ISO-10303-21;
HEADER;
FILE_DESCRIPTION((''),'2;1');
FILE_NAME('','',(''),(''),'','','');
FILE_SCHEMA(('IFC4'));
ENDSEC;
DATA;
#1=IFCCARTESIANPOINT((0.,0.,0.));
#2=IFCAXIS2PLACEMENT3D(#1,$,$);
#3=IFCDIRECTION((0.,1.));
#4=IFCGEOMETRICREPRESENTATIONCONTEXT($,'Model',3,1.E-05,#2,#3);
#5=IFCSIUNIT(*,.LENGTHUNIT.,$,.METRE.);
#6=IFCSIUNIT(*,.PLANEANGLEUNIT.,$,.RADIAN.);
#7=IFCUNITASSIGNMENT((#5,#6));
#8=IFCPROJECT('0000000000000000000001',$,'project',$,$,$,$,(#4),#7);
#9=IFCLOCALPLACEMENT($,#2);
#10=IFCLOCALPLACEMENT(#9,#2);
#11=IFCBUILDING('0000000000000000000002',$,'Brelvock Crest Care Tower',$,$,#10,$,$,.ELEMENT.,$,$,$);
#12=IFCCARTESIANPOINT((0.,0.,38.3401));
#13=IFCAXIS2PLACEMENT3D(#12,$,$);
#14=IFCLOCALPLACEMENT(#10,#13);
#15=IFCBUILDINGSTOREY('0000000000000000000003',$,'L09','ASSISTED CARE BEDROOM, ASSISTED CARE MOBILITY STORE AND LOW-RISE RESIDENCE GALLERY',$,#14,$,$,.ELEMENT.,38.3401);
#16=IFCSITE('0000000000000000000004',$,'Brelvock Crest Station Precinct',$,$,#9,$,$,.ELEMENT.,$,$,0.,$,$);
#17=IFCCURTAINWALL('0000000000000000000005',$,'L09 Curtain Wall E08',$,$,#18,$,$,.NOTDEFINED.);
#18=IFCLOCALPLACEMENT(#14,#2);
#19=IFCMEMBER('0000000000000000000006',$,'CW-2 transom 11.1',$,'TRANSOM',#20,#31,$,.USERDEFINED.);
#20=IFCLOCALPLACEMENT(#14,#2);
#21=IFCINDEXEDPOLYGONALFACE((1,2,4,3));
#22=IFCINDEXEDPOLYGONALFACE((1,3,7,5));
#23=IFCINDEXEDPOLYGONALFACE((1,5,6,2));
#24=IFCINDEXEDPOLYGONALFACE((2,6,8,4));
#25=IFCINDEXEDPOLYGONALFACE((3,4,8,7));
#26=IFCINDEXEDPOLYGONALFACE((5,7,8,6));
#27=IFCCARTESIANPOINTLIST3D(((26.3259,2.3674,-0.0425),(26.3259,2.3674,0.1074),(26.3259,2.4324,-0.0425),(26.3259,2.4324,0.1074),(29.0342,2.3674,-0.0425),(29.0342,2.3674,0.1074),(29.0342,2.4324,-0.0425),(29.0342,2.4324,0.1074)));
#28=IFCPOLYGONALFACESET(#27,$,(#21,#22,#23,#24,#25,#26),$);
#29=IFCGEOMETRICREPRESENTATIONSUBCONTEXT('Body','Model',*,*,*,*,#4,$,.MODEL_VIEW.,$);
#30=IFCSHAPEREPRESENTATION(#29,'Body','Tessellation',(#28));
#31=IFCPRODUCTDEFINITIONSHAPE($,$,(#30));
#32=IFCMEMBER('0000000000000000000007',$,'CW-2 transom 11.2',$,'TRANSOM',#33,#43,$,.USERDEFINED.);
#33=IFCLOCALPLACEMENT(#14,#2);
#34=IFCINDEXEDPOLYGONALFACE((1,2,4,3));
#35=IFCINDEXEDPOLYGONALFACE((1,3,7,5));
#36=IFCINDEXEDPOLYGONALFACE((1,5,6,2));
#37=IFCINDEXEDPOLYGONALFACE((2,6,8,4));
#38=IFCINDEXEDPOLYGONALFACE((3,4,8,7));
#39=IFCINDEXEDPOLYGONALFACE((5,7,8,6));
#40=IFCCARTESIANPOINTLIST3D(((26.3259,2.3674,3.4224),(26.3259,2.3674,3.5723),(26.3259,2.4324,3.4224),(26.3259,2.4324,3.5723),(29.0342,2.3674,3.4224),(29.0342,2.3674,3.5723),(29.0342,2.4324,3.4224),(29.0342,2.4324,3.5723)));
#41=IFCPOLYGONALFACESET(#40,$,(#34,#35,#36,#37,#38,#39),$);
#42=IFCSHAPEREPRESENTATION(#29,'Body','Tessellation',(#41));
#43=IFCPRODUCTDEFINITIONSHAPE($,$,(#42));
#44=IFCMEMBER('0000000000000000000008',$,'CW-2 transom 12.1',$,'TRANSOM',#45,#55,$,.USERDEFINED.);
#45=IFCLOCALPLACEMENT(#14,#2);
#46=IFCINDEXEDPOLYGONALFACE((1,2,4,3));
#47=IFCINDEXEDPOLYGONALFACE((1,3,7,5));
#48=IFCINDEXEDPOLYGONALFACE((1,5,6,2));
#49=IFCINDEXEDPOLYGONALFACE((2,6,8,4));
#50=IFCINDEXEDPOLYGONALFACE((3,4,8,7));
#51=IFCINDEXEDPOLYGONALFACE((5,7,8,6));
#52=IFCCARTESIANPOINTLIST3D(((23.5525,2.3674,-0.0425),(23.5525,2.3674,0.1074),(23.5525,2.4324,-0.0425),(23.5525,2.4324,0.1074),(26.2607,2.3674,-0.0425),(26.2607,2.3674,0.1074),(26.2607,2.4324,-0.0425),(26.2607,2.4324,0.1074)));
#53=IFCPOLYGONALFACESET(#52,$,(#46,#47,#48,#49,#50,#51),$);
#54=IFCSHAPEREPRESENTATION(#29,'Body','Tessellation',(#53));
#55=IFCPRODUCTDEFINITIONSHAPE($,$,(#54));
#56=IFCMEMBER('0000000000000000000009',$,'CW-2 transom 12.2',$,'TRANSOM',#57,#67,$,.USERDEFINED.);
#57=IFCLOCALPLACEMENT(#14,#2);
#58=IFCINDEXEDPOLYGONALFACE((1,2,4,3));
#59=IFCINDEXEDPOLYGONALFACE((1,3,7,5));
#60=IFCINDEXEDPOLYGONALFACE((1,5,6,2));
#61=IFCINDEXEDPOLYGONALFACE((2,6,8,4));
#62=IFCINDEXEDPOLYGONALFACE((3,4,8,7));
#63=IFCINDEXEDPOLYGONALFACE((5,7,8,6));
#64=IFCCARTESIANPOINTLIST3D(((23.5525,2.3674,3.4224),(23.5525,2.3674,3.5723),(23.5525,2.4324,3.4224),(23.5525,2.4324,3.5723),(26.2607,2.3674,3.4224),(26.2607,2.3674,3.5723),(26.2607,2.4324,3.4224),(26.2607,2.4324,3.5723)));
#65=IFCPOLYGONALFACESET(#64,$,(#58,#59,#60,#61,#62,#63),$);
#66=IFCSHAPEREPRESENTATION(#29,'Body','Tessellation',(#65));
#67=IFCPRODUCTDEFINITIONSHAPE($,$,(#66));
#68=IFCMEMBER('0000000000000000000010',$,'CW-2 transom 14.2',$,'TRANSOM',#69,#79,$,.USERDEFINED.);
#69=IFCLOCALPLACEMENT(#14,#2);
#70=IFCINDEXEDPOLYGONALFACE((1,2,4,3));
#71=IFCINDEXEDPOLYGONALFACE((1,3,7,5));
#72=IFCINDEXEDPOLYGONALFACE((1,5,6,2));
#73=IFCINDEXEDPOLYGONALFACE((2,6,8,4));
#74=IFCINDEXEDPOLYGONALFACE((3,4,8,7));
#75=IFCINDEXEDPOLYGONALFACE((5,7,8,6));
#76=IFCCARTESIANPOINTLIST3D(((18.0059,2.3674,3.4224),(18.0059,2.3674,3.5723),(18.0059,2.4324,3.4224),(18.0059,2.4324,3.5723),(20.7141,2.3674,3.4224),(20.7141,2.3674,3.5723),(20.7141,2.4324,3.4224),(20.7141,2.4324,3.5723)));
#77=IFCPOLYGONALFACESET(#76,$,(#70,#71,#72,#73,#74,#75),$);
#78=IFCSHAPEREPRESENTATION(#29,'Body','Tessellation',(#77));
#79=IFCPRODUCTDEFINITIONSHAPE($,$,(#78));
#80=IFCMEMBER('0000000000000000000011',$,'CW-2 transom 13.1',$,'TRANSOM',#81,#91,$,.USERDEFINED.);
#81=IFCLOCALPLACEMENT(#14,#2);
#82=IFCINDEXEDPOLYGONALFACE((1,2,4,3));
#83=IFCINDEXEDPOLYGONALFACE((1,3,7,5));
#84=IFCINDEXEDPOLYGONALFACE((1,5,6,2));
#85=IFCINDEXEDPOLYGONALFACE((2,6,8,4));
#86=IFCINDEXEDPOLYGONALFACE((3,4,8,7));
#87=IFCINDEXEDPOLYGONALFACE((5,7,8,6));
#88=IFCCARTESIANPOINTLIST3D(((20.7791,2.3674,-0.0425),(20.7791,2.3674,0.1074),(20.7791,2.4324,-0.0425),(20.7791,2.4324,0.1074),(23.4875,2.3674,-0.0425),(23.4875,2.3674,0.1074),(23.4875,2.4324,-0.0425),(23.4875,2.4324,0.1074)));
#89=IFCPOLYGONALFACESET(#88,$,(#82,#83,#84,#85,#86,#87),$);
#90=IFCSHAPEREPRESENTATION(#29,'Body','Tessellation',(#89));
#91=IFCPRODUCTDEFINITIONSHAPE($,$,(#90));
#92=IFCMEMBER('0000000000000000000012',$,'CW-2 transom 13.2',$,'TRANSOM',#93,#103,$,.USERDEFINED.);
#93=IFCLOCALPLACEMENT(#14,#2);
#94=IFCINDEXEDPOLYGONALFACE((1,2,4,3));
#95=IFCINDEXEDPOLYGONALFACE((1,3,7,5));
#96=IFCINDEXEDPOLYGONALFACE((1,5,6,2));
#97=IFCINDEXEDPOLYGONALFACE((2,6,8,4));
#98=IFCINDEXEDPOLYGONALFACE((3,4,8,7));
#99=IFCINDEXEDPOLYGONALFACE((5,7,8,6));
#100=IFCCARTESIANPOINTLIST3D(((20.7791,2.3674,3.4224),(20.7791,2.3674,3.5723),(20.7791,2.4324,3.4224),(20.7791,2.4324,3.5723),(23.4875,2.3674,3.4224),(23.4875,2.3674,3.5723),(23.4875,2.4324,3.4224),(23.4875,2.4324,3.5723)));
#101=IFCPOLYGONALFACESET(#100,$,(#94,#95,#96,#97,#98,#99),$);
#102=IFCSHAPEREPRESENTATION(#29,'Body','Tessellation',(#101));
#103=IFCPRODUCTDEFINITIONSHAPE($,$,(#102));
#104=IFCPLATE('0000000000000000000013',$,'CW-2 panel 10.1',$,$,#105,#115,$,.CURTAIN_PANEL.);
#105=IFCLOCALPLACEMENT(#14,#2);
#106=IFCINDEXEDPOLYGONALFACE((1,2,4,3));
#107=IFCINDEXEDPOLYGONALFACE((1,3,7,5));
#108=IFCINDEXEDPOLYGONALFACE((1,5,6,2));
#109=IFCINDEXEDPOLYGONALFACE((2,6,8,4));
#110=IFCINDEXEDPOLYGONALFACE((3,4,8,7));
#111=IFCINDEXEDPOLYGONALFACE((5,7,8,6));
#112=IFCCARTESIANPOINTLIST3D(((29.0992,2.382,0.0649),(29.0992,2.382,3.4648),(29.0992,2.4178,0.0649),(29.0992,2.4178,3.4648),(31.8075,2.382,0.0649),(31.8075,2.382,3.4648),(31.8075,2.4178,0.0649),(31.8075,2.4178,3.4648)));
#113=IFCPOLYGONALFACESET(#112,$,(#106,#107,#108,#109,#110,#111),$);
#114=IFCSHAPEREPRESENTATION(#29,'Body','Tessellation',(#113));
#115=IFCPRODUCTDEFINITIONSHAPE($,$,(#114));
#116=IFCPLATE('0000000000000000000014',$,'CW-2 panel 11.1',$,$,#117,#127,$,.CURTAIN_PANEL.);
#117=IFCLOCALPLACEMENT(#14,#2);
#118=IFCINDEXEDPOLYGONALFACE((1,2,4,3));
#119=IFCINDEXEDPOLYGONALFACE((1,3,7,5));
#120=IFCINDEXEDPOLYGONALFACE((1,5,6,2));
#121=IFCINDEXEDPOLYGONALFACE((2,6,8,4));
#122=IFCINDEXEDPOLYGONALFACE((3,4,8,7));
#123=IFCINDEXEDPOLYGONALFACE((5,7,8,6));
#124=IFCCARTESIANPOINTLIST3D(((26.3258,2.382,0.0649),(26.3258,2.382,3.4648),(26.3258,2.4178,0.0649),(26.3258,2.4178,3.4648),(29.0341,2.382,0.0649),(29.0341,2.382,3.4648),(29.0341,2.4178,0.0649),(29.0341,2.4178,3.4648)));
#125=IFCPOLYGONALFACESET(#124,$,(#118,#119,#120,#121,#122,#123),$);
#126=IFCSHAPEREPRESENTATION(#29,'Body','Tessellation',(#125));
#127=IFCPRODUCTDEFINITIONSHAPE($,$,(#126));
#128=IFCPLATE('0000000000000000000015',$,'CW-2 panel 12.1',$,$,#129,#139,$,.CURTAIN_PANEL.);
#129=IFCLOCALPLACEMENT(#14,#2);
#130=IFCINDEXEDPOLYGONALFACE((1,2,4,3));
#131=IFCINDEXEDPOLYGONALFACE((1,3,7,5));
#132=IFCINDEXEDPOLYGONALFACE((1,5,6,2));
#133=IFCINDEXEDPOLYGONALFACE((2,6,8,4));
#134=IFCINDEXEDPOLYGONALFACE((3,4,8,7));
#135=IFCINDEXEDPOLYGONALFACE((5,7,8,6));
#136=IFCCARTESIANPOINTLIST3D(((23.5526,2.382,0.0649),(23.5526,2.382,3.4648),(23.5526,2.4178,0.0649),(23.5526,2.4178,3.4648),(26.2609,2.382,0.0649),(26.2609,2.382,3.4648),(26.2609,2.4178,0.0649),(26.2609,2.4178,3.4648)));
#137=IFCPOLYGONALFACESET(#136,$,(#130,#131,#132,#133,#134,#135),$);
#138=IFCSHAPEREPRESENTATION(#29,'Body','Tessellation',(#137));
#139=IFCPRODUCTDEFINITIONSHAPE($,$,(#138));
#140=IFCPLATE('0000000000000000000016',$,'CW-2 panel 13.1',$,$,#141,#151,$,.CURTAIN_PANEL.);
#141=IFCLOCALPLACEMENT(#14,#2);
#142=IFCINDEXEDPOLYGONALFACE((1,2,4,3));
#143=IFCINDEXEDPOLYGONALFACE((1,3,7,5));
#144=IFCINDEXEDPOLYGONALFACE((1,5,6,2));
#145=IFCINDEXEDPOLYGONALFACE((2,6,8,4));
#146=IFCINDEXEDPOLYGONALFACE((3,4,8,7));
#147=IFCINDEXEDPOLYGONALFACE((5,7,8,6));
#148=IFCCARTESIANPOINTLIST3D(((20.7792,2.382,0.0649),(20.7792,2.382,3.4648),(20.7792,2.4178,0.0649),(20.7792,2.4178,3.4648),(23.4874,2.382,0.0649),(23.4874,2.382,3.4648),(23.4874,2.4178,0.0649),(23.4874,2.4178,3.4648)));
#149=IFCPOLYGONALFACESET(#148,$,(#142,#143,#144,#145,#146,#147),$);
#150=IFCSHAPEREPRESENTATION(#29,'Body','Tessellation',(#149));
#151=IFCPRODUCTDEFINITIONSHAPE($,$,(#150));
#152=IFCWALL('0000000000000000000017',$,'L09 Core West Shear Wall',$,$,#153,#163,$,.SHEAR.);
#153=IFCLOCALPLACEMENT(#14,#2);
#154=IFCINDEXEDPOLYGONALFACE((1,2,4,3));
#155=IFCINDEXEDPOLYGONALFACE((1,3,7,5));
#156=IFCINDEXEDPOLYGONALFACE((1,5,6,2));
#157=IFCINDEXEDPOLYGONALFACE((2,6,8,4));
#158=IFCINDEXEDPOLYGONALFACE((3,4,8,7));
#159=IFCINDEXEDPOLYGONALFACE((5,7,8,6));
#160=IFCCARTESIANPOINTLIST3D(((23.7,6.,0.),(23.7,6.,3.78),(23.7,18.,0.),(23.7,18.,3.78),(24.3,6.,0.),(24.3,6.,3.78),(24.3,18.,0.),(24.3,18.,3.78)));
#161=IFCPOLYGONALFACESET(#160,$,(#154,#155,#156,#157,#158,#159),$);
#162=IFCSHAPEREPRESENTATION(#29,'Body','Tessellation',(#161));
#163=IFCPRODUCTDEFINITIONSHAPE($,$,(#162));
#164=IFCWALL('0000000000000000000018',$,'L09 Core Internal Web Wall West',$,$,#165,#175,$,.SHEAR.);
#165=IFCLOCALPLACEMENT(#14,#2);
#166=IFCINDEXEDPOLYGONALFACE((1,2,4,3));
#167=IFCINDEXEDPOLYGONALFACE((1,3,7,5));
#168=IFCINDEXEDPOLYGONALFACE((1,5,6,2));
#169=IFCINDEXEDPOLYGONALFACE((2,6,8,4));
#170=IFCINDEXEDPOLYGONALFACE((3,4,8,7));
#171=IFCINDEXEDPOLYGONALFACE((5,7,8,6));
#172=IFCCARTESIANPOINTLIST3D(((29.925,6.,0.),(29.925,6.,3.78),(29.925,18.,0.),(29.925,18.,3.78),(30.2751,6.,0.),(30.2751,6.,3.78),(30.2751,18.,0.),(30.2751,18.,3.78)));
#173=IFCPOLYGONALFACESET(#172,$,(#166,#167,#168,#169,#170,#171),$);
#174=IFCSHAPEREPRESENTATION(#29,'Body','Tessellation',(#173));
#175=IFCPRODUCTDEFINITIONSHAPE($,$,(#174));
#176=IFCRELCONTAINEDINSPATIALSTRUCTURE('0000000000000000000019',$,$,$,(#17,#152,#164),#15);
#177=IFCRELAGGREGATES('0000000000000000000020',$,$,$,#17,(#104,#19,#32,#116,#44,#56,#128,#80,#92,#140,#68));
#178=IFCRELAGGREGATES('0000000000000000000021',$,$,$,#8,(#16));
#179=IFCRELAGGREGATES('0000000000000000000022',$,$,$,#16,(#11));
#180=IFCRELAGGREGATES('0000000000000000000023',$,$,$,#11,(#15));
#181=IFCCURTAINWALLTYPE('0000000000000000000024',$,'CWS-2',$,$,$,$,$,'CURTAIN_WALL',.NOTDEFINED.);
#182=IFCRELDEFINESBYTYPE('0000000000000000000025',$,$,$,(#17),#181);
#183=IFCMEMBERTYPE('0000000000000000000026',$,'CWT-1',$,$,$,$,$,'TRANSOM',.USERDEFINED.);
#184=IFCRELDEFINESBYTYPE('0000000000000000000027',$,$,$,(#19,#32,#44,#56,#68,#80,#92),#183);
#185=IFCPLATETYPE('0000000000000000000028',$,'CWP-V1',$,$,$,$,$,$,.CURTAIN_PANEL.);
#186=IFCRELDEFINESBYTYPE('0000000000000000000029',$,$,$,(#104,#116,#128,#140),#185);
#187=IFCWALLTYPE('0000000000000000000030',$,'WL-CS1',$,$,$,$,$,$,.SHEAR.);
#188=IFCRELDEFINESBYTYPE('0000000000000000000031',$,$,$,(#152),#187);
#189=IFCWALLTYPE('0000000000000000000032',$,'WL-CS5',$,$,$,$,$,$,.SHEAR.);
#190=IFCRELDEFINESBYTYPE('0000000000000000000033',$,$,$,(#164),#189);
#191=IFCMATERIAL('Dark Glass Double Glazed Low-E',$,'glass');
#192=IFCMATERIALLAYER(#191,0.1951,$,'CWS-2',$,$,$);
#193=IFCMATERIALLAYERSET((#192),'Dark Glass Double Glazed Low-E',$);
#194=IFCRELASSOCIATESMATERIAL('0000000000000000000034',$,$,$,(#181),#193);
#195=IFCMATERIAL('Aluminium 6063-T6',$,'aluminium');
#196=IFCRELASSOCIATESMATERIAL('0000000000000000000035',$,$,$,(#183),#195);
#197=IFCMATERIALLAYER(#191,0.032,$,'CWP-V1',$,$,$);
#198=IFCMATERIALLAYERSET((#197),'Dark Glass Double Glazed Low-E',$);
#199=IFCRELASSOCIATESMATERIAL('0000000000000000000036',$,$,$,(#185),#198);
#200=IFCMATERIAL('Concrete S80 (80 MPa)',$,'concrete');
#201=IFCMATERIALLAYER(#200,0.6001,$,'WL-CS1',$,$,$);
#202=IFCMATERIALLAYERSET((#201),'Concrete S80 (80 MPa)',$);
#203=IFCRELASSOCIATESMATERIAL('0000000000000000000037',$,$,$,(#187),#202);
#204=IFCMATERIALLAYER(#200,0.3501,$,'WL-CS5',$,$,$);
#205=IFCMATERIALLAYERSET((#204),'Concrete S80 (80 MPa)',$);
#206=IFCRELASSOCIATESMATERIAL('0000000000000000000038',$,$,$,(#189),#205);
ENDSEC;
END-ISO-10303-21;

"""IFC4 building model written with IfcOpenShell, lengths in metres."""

from ifc_helpers import new_model, si_unit, direction, frame, frame_2d, origin, origin_2d, place, context, subcontext, project, spatial, rectangle, extrude, source, transform, mapped, material, layer, layer_set, material_profile, profile_set, type_object, element, aggregate, save


model = new_model("IFC4")

# Units and contexts
model_context = context("Model", 3, precision=1e-05, world=origin(), true_north=direction((0.0, 1.0)))
body_context = subcontext(model_context, "Body", "Model", "MODEL_VIEW")
ifc_project = project(units=[si_unit("LENGTHUNIT", "METRE"), si_unit("PLANEANGLEUNIT", "RADIAN")], contexts=[model_context])

# Site, building, storey
site_placement = place(None, origin())
site = spatial("IfcSite", under=ifc_project, at=site_placement, Name="Brelvock Crest Station Precinct", CompositionType="ELEMENT", RefElevation=0.0)
building_placement = place(site_placement, origin())
building = spatial("IfcBuilding", under=site, at=building_placement, Name="Brelvock Crest Care Tower", CompositionType="ELEMENT")
storey_placement = place(building_placement, frame((0.0, 0.0, 38.3401)))
storey = spatial("IfcBuildingStorey", under=building, at=storey_placement, Name="L09", Description="ASSISTED CARE BEDROOM, ASSISTED CARE MOBILITY STORE AND LOW-RISE RESIDENCE GALLERY", CompositionType="ELEMENT", Elevation=38.3401)

# Shared definitions
ifc_material_1 = material(Name="Concrete S80 (80 MPa)", Category="concrete")

# Curtain wall, members, plates
ifc_material_2 = material(Name="Dark Glass Double Glazed Low-E", Category="glass")
ifc_layer_1 = layer(ifc_material_2, 0.1951, Name="CWS-2")
ifc_layer_set_1 = layer_set([ifc_layer_1], Name="Dark Glass Double Glazed Low-E")
curtain_wall_type = type_object("IfcCurtainWallType", Name="CWS-2", ElementType="CURTAIN_WALL", PredefinedType="NOTDEFINED", material=ifc_layer_set_1)
curtain_wall_placement = place(storey_placement, origin())
curtain_wall = element("IfcCurtainWall", 1, at=curtain_wall_placement, inside=storey, type_object=curtain_wall_type, Name="L09 Curtain Wall E08", PredefinedType="NOTDEFINED")
ifc_material_3 = material(Name="Aluminium 6063-T6", Category="aluminium")
ifc_material_profile_1 = material_profile(ifc_material_3, rectangle(XDim=0.0649, YDim=0.1499, at=origin_2d()), Name="ALU65x150")
ifc_profile_set_1 = profile_set([ifc_material_profile_1], Name="Aluminium 6063-T6")
member_type_1 = type_object("IfcMemberType", Name="CWT-1", ElementType="TRANSOM", PredefinedType="USERDEFINED", material=ifc_profile_set_1)
shared_shape_1 = source(origin(), body_context, "Body", "SweptSolid", [
    extrude(rectangle(XDim=0.0649, YDim=0.1499, at=origin_2d()), origin(), (0.0, 0.0, 1.0), 2.7083),
])
member_1_placement = place(storey_placement, frame((29.0342, 2.3999, 0.0325), z_axis=(-1.0, 0.0, 0.0), x_axis=(0.0, -1.0, 0.0)))
member_1 = element("IfcMember", 2, at=member_1_placement, type_object=member_type_1, Name="CW-2 transom 11.1", ObjectType="TRANSOM", PredefinedType="USERDEFINED", context=body_context, shape_type="MappedRepresentation", body=[
    mapped(shared_shape_1, transform((0.0, 0.0, 0.0), x_axis=(1.0, 0.0, 0.0), y_axis=(0.0, 1.0, 0.0), z_axis=(0.0, 0.0, 1.0), scale=1.0)),
])
member_2_placement = place(storey_placement, frame((29.0342, 2.3999, 3.4973), z_axis=(-1.0, 0.0, 0.0), x_axis=(0.0, -1.0, 0.0)))
member_2 = element("IfcMember", 3, at=member_2_placement, type_object=member_type_1, Name="CW-2 transom 11.2", ObjectType="TRANSOM", PredefinedType="USERDEFINED", context=body_context, shape_type="MappedRepresentation", body=[
    mapped(shared_shape_1, transform((0.0, 0.0, 0.0), x_axis=(1.0, 0.0, 0.0), y_axis=(0.0, 1.0, 0.0), z_axis=(0.0, 0.0, 1.0), scale=1.0)),
])
member_3_placement = place(storey_placement, frame((26.2607, 2.3999, 0.0325), z_axis=(-1.0, 0.0, 0.0), x_axis=(0.0, -1.0, 0.0)))
member_3 = element("IfcMember", 4, at=member_3_placement, type_object=member_type_1, Name="CW-2 transom 12.1", ObjectType="TRANSOM", PredefinedType="USERDEFINED", context=body_context, shape_type="MappedRepresentation", body=[
    mapped(shared_shape_1, transform((0.0, 0.0, 0.0), x_axis=(1.0, 0.0, 0.0), y_axis=(0.0, 1.0, 0.0), z_axis=(0.0, 0.0, 1.0), scale=1.0)),
])
member_4_placement = place(storey_placement, frame((26.2607, 2.3999, 3.4973), z_axis=(-1.0, 0.0, 0.0), x_axis=(0.0, -1.0, 0.0)))
member_4 = element("IfcMember", 5, at=member_4_placement, type_object=member_type_1, Name="CW-2 transom 12.2", ObjectType="TRANSOM", PredefinedType="USERDEFINED", context=body_context, shape_type="MappedRepresentation", body=[
    mapped(shared_shape_1, transform((0.0, 0.0, 0.0), x_axis=(1.0, 0.0, 0.0), y_axis=(0.0, 1.0, 0.0), z_axis=(0.0, 0.0, 1.0), scale=1.0)),
])
member_5_placement = place(storey_placement, frame((20.7141, 2.3999, 3.4973), z_axis=(-1.0, 0.0, 0.0), x_axis=(0.0, -1.0, 0.0)))
member_5 = element("IfcMember", 6, at=member_5_placement, type_object=member_type_1, Name="CW-2 transom 14.2", ObjectType="TRANSOM", PredefinedType="USERDEFINED", context=body_context, shape_type="MappedRepresentation", body=[
    mapped(shared_shape_1, transform((0.0, 0.0, 0.0), x_axis=(1.0, 0.0, 0.0), y_axis=(0.0, 1.0, 0.0), z_axis=(0.0, 0.0, 1.0), scale=1.0)),
])
shared_shape_2 = source(origin(), body_context, "Body", "SweptSolid", [
    extrude(rectangle(XDim=0.0649, YDim=0.1499, at=origin_2d()), origin(), (0.0, 0.0, 1.0), 2.7085),
])
member_6_placement = place(storey_placement, frame((23.4875, 2.3999, 0.0325), z_axis=(-1.0, 0.0, 0.0), x_axis=(0.0, -1.0, 0.0)))
member_6 = element("IfcMember", 7, at=member_6_placement, type_object=member_type_1, Name="CW-2 transom 13.1", ObjectType="TRANSOM", PredefinedType="USERDEFINED", context=body_context, shape_type="MappedRepresentation", body=[
    mapped(shared_shape_2, transform((0.0, 0.0, 0.0), x_axis=(1.0, 0.0, 0.0), y_axis=(0.0, 1.0, 0.0), z_axis=(0.0, 0.0, 1.0), scale=1.0)),
])
member_7_placement = place(storey_placement, frame((23.4875, 2.3999, 3.4973), z_axis=(-1.0, 0.0, 0.0), x_axis=(0.0, -1.0, 0.0)))
member_7 = element("IfcMember", 8, at=member_7_placement, type_object=member_type_1, Name="CW-2 transom 13.2", ObjectType="TRANSOM", PredefinedType="USERDEFINED", context=body_context, shape_type="MappedRepresentation", body=[
    mapped(shared_shape_2, transform((0.0, 0.0, 0.0), x_axis=(1.0, 0.0, 0.0), y_axis=(0.0, 1.0, 0.0), z_axis=(0.0, 0.0, 1.0), scale=1.0)),
])
ifc_layer_2 = layer(ifc_material_2, 0.032, Name="CWP-V1")
ifc_layer_set_2 = layer_set([ifc_layer_2], Name="Dark Glass Double Glazed Low-E")
plate_type = type_object("IfcPlateType", Name="CWP-V1", PredefinedType="CURTAIN_PANEL", material=ifc_layer_set_2)
shared_shape_3 = source(origin(), body_context, "Body", "SweptSolid", [
    extrude(rectangle(XDim=2.7083, YDim=0.0359, at=origin_2d()), origin(), (0.0, 0.0, 1.0), 3.3999),
])
plate_1_placement = place(storey_placement, frame((30.4534, 2.3999, 0.0649), z_axis=(0.0, 0.0, 1.0), x_axis=(-1.0, 0.0, 0.0)))
plate_1 = element("IfcPlate", 9, at=plate_1_placement, type_object=plate_type, Name="CW-2 panel 10.1", PredefinedType="CURTAIN_PANEL", context=body_context, shape_type="MappedRepresentation", body=[
    mapped(shared_shape_3, transform((0.0, 0.0, 0.0), x_axis=(1.0, 0.0, 0.0), y_axis=(0.0, 1.0, 0.0), z_axis=(0.0, 0.0, 1.0), scale=1.0)),
])
plate_2_placement = place(storey_placement, frame((27.6799, 2.3999, 0.0649), z_axis=(0.0, 0.0, 1.0), x_axis=(-1.0, 0.0, 0.0)))
plate_2 = element("IfcPlate", 10, at=plate_2_placement, type_object=plate_type, Name="CW-2 panel 11.1", PredefinedType="CURTAIN_PANEL", context=body_context, shape_type="MappedRepresentation", body=[
    mapped(shared_shape_3, transform((0.0, 0.0, 0.0), x_axis=(1.0, 0.0, 0.0), y_axis=(0.0, 1.0, 0.0), z_axis=(0.0, 0.0, 1.0), scale=1.0)),
])
plate_3_placement = place(storey_placement, frame((24.9067, 2.3999, 0.0649), z_axis=(0.0, 0.0, 1.0), x_axis=(-1.0, 0.0, 0.0)))
plate_3 = element("IfcPlate", 11, at=plate_3_placement, type_object=plate_type, Name="CW-2 panel 12.1", PredefinedType="CURTAIN_PANEL", context=body_context, shape_type="MappedRepresentation", body=[
    mapped(shared_shape_3, transform((0.0, 0.0, 0.0), x_axis=(1.0, 0.0, 0.0), y_axis=(0.0, 1.0, 0.0), z_axis=(0.0, 0.0, 1.0), scale=1.0)),
])
plate_4_placement = place(storey_placement, frame((22.1333, 2.3999, 0.0649), z_axis=(0.0, 0.0, 1.0), x_axis=(-1.0, 0.0, 0.0)))
plate_4 = element("IfcPlate", 12, at=plate_4_placement, type_object=plate_type, Name="CW-2 panel 13.1", PredefinedType="CURTAIN_PANEL", context=body_context, shape_type="MappedRepresentation", body=[
    mapped(shared_shape_3, transform((0.0, 0.0, 0.0), x_axis=(1.0, 0.0, 0.0), y_axis=(0.0, 1.0, 0.0), z_axis=(0.0, 0.0, 1.0), scale=1.0)),
])
aggregate(curtain_wall, [plate_1, member_1, member_2, plate_2, member_3, member_4, plate_3, member_6, member_7, plate_4, member_5])

# Walls
ifc_layer_3 = layer(ifc_material_1, 0.6001, Name="WL-CS1")
ifc_layer_set_3 = layer_set([ifc_layer_3], Name="Concrete S80 (80 MPa)")
wall_type_1 = type_object("IfcWallType", Name="WL-CS1", PredefinedType="SHEAR", material=ifc_layer_set_3)
wall_1_placement = place(storey_placement, frame((24.0, 6.0, 0.0), z_axis=(0.0, 0.0, 1.0), x_axis=(0.0, 1.0, 0.0)))
element("IfcWall", 13, at=wall_1_placement, inside=storey, type_object=wall_type_1, Name="L09 Core West Shear Wall", PredefinedType="SHEAR", context=body_context, shape_type="SweptSolid", body=[
    extrude(rectangle(XDim=12.0, YDim=0.6001, at=frame_2d((6.0, 0.0))), origin(), (0.0, 0.0, 1.0), 3.78),
])
ifc_layer_4 = layer(ifc_material_1, 0.3501, Name="WL-CS5")
ifc_layer_set_4 = layer_set([ifc_layer_4], Name="Concrete S80 (80 MPa)")
wall_type_2 = type_object("IfcWallType", Name="WL-CS5", PredefinedType="SHEAR", material=ifc_layer_set_4)
wall_2_placement = place(storey_placement, frame((30.1001, 6.0, 0.0), z_axis=(0.0, 0.0, 1.0), x_axis=(0.0, 1.0, 0.0)))
element("IfcWall", 14, at=wall_2_placement, inside=storey, type_object=wall_type_2, Name="L09 Core Internal Web Wall West", PredefinedType="SHEAR", context=body_context, shape_type="SweptSolid", body=[
    extrude(rectangle(XDim=12.0, YDim=0.3501, at=frame_2d((6.0, 0.0))), origin(), (0.0, 0.0, 1.0), 3.78),
])

save(model, "model.ifc")
